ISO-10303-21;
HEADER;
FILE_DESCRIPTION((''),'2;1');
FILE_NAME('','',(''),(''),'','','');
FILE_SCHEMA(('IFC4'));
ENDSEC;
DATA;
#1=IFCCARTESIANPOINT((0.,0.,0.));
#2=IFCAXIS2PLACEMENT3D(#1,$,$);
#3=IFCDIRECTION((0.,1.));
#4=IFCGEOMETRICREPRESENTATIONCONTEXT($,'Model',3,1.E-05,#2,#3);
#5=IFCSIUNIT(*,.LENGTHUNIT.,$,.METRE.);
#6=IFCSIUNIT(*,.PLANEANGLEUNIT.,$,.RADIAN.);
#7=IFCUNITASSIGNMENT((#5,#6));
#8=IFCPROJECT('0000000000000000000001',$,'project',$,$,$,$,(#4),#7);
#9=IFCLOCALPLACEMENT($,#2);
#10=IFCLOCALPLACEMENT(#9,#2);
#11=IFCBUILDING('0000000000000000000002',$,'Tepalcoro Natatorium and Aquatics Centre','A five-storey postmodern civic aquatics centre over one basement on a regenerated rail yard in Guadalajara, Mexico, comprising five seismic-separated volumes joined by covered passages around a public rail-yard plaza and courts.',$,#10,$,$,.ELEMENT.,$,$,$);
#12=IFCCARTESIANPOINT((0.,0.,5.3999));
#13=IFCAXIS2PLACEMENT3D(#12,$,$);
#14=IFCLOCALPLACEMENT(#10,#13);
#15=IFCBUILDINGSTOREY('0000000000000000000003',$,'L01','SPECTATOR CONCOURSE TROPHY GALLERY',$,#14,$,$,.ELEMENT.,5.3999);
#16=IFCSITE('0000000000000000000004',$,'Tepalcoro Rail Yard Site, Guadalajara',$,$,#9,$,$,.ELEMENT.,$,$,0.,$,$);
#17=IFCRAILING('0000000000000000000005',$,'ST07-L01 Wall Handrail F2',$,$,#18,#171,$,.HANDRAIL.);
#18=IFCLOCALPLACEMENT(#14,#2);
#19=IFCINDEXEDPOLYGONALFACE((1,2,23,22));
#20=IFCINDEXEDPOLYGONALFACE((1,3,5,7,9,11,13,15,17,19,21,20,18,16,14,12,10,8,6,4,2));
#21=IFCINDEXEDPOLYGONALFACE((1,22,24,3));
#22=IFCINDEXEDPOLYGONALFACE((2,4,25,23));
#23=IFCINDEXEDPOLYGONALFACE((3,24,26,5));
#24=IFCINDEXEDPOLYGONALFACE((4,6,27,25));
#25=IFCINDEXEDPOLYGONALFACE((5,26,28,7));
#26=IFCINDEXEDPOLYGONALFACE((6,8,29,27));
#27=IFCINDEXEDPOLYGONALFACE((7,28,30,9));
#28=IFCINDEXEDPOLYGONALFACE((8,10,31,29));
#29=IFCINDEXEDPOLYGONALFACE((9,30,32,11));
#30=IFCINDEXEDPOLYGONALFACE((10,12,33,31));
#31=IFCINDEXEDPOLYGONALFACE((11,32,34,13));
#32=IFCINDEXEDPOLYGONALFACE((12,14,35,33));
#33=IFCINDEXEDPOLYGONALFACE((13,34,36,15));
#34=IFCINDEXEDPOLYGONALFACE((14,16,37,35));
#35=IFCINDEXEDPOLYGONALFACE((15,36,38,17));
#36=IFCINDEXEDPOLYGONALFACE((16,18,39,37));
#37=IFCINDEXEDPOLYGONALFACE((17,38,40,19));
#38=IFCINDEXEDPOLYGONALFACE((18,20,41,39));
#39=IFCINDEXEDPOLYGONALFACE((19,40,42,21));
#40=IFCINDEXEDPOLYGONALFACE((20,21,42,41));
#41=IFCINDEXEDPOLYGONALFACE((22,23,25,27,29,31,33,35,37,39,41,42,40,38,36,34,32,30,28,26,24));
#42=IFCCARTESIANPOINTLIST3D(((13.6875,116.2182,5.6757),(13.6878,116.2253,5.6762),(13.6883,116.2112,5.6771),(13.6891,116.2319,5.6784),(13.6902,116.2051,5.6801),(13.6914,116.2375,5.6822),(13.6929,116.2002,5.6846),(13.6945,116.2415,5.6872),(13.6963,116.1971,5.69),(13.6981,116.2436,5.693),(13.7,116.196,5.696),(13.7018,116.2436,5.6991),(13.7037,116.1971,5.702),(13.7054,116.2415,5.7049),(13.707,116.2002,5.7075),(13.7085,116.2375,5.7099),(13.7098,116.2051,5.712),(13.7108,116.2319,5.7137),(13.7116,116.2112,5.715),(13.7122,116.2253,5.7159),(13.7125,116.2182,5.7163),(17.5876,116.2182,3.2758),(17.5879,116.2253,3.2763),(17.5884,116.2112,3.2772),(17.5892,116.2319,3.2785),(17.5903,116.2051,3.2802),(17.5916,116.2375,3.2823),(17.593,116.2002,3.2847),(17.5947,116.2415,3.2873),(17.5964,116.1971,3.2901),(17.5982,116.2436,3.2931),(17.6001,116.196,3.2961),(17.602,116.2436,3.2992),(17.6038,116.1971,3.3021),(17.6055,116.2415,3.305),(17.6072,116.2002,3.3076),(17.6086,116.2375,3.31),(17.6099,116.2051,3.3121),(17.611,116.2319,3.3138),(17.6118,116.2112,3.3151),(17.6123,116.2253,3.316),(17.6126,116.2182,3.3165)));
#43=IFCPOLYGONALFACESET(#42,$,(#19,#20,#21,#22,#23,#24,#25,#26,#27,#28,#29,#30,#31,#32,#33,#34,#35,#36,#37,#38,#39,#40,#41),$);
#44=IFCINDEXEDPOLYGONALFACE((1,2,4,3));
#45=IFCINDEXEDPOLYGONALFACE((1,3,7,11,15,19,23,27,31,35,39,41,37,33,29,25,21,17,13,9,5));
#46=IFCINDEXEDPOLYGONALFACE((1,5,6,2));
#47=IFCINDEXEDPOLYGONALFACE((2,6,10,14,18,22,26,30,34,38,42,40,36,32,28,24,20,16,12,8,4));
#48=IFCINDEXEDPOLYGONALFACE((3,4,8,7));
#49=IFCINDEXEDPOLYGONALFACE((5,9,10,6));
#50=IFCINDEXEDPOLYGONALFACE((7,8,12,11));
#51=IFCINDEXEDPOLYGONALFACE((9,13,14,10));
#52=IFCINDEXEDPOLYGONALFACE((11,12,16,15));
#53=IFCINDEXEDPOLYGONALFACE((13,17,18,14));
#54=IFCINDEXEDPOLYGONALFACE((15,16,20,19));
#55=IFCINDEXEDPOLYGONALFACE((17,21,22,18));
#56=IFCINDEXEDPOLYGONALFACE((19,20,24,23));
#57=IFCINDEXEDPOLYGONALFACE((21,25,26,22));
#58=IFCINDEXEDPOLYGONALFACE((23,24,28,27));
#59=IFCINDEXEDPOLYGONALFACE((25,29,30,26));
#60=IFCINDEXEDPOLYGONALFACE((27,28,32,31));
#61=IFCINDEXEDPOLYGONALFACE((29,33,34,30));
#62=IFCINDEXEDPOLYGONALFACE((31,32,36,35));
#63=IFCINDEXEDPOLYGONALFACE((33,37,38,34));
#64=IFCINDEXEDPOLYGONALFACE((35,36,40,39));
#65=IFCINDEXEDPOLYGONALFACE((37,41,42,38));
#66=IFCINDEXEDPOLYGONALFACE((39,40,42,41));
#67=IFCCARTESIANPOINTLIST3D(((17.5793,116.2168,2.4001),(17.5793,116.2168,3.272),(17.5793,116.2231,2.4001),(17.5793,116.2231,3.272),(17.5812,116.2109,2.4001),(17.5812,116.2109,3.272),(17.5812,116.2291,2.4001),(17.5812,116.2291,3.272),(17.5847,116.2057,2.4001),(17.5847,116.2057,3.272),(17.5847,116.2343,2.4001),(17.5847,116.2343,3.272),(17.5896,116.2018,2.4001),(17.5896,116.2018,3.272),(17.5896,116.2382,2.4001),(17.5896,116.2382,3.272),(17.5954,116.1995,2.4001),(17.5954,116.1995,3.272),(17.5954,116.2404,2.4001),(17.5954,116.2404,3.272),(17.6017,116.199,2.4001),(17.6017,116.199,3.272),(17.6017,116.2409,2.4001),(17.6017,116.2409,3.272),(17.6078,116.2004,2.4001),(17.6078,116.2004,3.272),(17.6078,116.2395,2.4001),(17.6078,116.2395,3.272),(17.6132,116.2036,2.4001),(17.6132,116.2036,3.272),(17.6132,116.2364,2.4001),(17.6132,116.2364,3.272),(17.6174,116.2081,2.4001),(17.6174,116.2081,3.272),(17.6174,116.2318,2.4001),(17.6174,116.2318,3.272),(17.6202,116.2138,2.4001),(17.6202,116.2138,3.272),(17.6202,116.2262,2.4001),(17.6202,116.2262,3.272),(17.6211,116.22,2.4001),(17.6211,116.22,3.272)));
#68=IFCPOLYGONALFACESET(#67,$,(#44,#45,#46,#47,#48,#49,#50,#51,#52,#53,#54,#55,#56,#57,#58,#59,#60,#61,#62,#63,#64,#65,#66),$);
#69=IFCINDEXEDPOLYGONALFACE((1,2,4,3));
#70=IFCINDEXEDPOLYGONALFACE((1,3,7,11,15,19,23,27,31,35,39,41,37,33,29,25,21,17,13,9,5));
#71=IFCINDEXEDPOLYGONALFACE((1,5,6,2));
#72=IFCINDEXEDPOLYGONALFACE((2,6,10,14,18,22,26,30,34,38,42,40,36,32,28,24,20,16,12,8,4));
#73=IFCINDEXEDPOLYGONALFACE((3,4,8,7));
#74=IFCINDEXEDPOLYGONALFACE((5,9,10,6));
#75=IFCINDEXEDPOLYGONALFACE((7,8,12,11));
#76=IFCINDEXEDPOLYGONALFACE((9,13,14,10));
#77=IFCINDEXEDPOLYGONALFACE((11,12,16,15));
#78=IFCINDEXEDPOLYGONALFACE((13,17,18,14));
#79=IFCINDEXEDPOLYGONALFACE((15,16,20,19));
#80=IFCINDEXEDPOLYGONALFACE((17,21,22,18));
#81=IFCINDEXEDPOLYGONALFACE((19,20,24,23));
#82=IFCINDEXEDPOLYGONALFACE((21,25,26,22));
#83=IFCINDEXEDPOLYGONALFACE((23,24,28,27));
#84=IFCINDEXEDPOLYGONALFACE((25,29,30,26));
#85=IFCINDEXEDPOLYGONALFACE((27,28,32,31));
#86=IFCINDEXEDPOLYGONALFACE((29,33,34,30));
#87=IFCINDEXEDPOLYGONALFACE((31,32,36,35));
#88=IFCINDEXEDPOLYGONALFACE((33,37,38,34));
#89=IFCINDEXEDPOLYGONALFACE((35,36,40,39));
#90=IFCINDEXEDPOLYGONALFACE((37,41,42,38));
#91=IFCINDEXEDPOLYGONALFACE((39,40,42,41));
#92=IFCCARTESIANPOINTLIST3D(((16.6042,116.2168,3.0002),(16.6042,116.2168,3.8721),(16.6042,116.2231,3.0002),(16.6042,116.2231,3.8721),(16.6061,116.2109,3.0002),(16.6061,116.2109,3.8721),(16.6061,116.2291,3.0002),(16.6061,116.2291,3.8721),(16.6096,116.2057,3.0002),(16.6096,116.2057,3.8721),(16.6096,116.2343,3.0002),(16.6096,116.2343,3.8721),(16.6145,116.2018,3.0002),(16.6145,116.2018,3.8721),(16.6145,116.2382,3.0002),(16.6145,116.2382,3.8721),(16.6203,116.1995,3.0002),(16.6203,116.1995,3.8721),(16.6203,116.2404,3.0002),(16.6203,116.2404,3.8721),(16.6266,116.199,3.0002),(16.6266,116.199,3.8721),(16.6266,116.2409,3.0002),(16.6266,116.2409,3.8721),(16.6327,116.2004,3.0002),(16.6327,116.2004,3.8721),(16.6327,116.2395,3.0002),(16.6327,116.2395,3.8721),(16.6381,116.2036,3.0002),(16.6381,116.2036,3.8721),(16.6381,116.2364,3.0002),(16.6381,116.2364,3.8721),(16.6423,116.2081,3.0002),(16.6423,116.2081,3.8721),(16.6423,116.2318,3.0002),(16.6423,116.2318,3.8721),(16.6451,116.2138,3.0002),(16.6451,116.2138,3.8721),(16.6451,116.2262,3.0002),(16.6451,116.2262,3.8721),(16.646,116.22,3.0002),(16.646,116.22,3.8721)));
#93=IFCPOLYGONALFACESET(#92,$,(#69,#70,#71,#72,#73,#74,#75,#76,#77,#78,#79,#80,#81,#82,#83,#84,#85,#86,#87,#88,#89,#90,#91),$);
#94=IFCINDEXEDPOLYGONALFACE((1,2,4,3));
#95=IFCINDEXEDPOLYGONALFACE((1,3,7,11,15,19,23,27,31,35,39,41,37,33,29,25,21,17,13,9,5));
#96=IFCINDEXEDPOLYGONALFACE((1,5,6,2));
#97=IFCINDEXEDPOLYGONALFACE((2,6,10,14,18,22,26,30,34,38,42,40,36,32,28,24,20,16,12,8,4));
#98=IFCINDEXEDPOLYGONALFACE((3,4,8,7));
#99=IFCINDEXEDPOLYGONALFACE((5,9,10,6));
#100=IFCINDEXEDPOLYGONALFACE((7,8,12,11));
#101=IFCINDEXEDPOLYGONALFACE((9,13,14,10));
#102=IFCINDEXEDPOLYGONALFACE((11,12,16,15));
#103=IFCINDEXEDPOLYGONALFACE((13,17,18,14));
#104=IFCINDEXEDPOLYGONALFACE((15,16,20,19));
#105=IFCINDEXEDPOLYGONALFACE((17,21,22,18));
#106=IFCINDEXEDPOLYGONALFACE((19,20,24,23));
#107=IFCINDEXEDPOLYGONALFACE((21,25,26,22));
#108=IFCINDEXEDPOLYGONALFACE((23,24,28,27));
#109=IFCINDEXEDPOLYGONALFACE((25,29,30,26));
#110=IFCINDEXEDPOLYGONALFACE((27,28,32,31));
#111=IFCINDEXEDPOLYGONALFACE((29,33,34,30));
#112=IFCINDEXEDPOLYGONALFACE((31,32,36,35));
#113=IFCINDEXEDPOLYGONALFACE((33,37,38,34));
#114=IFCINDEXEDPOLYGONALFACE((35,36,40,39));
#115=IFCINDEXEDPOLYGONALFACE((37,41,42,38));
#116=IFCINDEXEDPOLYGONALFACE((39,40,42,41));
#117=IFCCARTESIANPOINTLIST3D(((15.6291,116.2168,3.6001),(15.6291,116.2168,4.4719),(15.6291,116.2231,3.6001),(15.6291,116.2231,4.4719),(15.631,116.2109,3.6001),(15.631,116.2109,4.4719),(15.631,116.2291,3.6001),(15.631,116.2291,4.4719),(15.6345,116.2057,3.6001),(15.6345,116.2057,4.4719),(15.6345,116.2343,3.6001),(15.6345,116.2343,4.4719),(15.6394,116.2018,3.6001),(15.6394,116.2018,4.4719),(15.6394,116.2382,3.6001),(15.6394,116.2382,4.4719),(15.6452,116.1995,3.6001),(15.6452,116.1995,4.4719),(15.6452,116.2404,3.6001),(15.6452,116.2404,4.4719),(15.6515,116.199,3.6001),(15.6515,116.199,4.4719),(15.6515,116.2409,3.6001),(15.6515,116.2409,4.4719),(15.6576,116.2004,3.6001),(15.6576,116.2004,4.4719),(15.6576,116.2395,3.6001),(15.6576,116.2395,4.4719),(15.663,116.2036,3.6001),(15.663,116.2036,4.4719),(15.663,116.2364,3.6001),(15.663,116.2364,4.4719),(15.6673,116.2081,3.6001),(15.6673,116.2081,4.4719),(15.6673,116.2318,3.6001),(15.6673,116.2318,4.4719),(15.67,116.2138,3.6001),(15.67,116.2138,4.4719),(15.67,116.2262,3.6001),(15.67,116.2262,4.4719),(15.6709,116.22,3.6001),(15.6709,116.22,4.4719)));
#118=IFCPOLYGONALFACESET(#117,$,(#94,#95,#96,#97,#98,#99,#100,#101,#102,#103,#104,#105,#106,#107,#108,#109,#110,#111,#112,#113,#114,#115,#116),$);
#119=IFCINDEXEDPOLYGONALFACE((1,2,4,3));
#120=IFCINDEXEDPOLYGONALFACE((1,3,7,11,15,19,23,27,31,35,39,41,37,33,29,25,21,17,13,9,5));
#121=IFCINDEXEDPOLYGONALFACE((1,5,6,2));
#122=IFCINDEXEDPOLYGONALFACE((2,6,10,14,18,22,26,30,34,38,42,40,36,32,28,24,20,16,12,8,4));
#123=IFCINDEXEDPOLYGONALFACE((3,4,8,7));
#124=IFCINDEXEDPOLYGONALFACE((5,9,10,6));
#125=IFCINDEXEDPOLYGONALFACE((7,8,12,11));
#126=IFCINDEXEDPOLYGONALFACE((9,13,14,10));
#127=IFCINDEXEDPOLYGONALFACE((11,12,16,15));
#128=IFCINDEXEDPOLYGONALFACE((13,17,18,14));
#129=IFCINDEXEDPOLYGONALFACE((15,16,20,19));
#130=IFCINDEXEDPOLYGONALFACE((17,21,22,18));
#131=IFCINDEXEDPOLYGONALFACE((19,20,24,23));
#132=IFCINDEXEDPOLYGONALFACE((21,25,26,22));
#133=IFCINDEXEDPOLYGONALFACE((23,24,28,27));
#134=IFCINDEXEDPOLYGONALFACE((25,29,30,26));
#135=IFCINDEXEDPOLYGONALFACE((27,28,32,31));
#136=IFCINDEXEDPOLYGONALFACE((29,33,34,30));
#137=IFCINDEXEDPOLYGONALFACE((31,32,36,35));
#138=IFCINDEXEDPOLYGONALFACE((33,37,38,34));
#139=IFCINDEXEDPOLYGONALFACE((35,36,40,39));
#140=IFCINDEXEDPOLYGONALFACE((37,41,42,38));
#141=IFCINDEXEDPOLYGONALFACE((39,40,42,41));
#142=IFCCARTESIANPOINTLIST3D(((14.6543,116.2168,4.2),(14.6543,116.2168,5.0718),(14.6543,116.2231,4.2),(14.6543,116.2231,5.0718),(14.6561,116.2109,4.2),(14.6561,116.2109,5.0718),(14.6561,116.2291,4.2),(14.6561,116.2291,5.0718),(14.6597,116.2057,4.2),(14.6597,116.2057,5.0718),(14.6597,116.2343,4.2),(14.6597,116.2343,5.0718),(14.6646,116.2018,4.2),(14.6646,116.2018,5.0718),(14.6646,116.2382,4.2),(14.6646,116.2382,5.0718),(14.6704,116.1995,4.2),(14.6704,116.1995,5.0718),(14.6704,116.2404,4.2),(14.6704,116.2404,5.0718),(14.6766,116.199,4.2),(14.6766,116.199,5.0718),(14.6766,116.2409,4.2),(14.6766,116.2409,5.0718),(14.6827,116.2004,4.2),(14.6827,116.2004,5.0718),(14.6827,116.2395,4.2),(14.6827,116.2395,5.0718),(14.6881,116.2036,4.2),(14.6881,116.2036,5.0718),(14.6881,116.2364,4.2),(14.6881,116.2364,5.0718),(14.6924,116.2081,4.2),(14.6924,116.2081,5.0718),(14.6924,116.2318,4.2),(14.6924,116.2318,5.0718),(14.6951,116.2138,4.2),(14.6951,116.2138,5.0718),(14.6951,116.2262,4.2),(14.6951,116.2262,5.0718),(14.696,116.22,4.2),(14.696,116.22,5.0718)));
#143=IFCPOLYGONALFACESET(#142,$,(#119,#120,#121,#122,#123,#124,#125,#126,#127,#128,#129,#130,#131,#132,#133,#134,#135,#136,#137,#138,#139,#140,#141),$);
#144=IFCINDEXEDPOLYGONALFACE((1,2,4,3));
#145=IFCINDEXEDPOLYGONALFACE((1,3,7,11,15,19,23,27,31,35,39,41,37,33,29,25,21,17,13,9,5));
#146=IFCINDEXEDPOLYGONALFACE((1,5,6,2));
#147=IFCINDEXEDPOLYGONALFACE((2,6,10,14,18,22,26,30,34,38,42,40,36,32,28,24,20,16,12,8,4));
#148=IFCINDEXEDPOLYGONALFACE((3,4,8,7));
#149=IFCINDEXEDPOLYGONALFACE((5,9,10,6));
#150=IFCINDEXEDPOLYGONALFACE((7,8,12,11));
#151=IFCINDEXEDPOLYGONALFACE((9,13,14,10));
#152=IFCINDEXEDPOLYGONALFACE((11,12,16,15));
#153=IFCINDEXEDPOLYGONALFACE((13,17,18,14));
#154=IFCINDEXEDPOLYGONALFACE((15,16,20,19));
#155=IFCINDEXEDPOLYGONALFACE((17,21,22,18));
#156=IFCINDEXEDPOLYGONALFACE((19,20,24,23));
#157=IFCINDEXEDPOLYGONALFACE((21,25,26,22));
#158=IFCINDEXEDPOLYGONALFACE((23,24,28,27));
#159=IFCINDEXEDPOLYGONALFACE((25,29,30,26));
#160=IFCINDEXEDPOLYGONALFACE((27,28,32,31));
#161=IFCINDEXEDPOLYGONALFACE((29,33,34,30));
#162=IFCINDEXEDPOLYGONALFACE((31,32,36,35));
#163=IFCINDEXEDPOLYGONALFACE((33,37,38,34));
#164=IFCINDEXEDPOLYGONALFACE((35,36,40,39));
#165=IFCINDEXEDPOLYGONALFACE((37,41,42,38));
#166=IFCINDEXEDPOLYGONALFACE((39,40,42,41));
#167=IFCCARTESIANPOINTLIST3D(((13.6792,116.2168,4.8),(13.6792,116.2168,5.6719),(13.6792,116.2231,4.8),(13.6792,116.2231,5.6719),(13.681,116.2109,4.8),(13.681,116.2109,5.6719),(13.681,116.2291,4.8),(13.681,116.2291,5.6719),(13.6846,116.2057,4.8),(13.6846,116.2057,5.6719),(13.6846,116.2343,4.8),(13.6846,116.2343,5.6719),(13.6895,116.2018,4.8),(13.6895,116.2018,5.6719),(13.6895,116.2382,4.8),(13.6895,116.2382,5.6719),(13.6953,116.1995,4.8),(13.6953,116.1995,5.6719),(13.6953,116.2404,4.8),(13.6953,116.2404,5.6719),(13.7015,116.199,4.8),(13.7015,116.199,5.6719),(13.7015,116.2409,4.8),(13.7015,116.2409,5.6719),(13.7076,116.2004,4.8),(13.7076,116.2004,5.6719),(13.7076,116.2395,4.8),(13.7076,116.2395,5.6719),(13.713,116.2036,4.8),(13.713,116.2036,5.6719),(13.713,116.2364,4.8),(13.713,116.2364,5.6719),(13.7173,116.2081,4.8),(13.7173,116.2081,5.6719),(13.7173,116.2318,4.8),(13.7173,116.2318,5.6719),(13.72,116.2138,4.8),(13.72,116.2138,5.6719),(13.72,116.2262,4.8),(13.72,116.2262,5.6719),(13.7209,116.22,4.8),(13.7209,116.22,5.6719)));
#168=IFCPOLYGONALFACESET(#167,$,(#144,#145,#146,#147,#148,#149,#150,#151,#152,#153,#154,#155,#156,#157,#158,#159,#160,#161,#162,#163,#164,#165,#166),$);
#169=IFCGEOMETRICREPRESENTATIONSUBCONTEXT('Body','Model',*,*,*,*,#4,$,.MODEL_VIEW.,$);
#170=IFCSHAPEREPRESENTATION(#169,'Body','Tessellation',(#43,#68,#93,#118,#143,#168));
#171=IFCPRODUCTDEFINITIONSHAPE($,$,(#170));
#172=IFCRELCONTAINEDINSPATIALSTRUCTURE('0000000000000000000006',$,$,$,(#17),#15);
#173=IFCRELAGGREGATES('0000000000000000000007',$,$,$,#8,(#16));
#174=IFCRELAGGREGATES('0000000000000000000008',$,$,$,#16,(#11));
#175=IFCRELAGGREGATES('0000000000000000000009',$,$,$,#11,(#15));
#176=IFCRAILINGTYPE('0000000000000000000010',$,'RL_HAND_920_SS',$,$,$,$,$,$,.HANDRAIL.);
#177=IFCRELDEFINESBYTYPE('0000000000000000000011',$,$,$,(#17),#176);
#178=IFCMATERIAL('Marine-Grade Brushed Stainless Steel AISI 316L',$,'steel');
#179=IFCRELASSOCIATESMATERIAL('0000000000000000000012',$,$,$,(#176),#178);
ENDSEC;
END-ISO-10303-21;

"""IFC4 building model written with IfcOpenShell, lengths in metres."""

from ifc_helpers import new_model, si_unit, direction, frame, origin, origin_2d, place, context, subcontext, project, spatial, circle, extrude, material, type_object, element, save


model = new_model("IFC4")

# Units and contexts
model_context = context("Model", 3, precision=1e-05, world=origin(), true_north=direction((0.0, 1.0)))
body_context = subcontext(model_context, "Body", "Model", "MODEL_VIEW")
ifc_project = project(units=[si_unit("LENGTHUNIT", "METRE"), si_unit("PLANEANGLEUNIT", "RADIAN")], contexts=[model_context])

# Site, building, storey
site_placement = place(None, origin())
site = spatial("IfcSite", under=ifc_project, at=site_placement, Name="Tepalcoro Rail Yard Site, Guadalajara", CompositionType="ELEMENT", RefElevation=0.0)
building_placement = place(site_placement, origin())
building = spatial("IfcBuilding", under=site, at=building_placement, Name="Tepalcoro Natatorium and Aquatics Centre", Description="A five-storey postmodern civic aquatics centre over one basement on a regenerated rail yard in Guadalajara, Mexico, comprising five seismic-separated volumes joined by covered passages around a public rail-yard plaza and courts.", CompositionType="ELEMENT")
storey_placement = place(building_placement, frame((0.0, 0.0, 5.3999)))
storey = spatial("IfcBuildingStorey", under=building, at=storey_placement, Name="L01", Description="SPECTATOR CONCOURSE TROPHY GALLERY", CompositionType="ELEMENT", Elevation=5.3999)

# Railing
ifc_material_1 = material(Name="Marine-Grade Brushed Stainless Steel AISI 316L", Category="steel")
railing_type_1 = type_object("IfcRailingType", Name="RL_HAND_920_SS", PredefinedType="HANDRAIL", material=ifc_material_1)
railing_1_placement = place(storey_placement, frame((17.6001, 116.22, 2.4001)))
element("IfcRailing", 1, at=railing_1_placement, inside=storey, type_object=railing_type_1, Name="ST07-L01 Wall Handrail F2", PredefinedType="HANDRAIL", context=body_context, shape_type="SweptSolid", body=[
    extrude(circle(Radius=0.0239, at=origin_2d()), frame((0.0, 0.0, 0.896), z_axis=(-0.851677, 0.0, 0.524068), x_axis=(0.0, -1.0, 0.0)), (0.0, 0.0, 1.0), 4.5793),
    extrude(circle(Radius=0.021, at=origin_2d()), origin(), (0.0, 0.0, 1.0), 0.8718),
    extrude(circle(Radius=0.021, at=origin_2d()), frame((-0.9751, 0.0, 0.6001)), (0.0, 0.0, 1.0), 0.8718),
    extrude(circle(Radius=0.021, at=origin_2d()), frame((-1.9502, 0.0, 1.2)), (0.0, 0.0, 1.0), 0.8718),
    extrude(circle(Radius=0.021, at=origin_2d()), frame((-2.925, 0.0, 1.7998)), (0.0, 0.0, 1.0), 0.8718),
    extrude(circle(Radius=0.021, at=origin_2d()), frame((-3.9001, 0.0, 2.3999)), (0.0, 0.0, 1.0), 0.8718),
])

save(model, "model.ifc")
